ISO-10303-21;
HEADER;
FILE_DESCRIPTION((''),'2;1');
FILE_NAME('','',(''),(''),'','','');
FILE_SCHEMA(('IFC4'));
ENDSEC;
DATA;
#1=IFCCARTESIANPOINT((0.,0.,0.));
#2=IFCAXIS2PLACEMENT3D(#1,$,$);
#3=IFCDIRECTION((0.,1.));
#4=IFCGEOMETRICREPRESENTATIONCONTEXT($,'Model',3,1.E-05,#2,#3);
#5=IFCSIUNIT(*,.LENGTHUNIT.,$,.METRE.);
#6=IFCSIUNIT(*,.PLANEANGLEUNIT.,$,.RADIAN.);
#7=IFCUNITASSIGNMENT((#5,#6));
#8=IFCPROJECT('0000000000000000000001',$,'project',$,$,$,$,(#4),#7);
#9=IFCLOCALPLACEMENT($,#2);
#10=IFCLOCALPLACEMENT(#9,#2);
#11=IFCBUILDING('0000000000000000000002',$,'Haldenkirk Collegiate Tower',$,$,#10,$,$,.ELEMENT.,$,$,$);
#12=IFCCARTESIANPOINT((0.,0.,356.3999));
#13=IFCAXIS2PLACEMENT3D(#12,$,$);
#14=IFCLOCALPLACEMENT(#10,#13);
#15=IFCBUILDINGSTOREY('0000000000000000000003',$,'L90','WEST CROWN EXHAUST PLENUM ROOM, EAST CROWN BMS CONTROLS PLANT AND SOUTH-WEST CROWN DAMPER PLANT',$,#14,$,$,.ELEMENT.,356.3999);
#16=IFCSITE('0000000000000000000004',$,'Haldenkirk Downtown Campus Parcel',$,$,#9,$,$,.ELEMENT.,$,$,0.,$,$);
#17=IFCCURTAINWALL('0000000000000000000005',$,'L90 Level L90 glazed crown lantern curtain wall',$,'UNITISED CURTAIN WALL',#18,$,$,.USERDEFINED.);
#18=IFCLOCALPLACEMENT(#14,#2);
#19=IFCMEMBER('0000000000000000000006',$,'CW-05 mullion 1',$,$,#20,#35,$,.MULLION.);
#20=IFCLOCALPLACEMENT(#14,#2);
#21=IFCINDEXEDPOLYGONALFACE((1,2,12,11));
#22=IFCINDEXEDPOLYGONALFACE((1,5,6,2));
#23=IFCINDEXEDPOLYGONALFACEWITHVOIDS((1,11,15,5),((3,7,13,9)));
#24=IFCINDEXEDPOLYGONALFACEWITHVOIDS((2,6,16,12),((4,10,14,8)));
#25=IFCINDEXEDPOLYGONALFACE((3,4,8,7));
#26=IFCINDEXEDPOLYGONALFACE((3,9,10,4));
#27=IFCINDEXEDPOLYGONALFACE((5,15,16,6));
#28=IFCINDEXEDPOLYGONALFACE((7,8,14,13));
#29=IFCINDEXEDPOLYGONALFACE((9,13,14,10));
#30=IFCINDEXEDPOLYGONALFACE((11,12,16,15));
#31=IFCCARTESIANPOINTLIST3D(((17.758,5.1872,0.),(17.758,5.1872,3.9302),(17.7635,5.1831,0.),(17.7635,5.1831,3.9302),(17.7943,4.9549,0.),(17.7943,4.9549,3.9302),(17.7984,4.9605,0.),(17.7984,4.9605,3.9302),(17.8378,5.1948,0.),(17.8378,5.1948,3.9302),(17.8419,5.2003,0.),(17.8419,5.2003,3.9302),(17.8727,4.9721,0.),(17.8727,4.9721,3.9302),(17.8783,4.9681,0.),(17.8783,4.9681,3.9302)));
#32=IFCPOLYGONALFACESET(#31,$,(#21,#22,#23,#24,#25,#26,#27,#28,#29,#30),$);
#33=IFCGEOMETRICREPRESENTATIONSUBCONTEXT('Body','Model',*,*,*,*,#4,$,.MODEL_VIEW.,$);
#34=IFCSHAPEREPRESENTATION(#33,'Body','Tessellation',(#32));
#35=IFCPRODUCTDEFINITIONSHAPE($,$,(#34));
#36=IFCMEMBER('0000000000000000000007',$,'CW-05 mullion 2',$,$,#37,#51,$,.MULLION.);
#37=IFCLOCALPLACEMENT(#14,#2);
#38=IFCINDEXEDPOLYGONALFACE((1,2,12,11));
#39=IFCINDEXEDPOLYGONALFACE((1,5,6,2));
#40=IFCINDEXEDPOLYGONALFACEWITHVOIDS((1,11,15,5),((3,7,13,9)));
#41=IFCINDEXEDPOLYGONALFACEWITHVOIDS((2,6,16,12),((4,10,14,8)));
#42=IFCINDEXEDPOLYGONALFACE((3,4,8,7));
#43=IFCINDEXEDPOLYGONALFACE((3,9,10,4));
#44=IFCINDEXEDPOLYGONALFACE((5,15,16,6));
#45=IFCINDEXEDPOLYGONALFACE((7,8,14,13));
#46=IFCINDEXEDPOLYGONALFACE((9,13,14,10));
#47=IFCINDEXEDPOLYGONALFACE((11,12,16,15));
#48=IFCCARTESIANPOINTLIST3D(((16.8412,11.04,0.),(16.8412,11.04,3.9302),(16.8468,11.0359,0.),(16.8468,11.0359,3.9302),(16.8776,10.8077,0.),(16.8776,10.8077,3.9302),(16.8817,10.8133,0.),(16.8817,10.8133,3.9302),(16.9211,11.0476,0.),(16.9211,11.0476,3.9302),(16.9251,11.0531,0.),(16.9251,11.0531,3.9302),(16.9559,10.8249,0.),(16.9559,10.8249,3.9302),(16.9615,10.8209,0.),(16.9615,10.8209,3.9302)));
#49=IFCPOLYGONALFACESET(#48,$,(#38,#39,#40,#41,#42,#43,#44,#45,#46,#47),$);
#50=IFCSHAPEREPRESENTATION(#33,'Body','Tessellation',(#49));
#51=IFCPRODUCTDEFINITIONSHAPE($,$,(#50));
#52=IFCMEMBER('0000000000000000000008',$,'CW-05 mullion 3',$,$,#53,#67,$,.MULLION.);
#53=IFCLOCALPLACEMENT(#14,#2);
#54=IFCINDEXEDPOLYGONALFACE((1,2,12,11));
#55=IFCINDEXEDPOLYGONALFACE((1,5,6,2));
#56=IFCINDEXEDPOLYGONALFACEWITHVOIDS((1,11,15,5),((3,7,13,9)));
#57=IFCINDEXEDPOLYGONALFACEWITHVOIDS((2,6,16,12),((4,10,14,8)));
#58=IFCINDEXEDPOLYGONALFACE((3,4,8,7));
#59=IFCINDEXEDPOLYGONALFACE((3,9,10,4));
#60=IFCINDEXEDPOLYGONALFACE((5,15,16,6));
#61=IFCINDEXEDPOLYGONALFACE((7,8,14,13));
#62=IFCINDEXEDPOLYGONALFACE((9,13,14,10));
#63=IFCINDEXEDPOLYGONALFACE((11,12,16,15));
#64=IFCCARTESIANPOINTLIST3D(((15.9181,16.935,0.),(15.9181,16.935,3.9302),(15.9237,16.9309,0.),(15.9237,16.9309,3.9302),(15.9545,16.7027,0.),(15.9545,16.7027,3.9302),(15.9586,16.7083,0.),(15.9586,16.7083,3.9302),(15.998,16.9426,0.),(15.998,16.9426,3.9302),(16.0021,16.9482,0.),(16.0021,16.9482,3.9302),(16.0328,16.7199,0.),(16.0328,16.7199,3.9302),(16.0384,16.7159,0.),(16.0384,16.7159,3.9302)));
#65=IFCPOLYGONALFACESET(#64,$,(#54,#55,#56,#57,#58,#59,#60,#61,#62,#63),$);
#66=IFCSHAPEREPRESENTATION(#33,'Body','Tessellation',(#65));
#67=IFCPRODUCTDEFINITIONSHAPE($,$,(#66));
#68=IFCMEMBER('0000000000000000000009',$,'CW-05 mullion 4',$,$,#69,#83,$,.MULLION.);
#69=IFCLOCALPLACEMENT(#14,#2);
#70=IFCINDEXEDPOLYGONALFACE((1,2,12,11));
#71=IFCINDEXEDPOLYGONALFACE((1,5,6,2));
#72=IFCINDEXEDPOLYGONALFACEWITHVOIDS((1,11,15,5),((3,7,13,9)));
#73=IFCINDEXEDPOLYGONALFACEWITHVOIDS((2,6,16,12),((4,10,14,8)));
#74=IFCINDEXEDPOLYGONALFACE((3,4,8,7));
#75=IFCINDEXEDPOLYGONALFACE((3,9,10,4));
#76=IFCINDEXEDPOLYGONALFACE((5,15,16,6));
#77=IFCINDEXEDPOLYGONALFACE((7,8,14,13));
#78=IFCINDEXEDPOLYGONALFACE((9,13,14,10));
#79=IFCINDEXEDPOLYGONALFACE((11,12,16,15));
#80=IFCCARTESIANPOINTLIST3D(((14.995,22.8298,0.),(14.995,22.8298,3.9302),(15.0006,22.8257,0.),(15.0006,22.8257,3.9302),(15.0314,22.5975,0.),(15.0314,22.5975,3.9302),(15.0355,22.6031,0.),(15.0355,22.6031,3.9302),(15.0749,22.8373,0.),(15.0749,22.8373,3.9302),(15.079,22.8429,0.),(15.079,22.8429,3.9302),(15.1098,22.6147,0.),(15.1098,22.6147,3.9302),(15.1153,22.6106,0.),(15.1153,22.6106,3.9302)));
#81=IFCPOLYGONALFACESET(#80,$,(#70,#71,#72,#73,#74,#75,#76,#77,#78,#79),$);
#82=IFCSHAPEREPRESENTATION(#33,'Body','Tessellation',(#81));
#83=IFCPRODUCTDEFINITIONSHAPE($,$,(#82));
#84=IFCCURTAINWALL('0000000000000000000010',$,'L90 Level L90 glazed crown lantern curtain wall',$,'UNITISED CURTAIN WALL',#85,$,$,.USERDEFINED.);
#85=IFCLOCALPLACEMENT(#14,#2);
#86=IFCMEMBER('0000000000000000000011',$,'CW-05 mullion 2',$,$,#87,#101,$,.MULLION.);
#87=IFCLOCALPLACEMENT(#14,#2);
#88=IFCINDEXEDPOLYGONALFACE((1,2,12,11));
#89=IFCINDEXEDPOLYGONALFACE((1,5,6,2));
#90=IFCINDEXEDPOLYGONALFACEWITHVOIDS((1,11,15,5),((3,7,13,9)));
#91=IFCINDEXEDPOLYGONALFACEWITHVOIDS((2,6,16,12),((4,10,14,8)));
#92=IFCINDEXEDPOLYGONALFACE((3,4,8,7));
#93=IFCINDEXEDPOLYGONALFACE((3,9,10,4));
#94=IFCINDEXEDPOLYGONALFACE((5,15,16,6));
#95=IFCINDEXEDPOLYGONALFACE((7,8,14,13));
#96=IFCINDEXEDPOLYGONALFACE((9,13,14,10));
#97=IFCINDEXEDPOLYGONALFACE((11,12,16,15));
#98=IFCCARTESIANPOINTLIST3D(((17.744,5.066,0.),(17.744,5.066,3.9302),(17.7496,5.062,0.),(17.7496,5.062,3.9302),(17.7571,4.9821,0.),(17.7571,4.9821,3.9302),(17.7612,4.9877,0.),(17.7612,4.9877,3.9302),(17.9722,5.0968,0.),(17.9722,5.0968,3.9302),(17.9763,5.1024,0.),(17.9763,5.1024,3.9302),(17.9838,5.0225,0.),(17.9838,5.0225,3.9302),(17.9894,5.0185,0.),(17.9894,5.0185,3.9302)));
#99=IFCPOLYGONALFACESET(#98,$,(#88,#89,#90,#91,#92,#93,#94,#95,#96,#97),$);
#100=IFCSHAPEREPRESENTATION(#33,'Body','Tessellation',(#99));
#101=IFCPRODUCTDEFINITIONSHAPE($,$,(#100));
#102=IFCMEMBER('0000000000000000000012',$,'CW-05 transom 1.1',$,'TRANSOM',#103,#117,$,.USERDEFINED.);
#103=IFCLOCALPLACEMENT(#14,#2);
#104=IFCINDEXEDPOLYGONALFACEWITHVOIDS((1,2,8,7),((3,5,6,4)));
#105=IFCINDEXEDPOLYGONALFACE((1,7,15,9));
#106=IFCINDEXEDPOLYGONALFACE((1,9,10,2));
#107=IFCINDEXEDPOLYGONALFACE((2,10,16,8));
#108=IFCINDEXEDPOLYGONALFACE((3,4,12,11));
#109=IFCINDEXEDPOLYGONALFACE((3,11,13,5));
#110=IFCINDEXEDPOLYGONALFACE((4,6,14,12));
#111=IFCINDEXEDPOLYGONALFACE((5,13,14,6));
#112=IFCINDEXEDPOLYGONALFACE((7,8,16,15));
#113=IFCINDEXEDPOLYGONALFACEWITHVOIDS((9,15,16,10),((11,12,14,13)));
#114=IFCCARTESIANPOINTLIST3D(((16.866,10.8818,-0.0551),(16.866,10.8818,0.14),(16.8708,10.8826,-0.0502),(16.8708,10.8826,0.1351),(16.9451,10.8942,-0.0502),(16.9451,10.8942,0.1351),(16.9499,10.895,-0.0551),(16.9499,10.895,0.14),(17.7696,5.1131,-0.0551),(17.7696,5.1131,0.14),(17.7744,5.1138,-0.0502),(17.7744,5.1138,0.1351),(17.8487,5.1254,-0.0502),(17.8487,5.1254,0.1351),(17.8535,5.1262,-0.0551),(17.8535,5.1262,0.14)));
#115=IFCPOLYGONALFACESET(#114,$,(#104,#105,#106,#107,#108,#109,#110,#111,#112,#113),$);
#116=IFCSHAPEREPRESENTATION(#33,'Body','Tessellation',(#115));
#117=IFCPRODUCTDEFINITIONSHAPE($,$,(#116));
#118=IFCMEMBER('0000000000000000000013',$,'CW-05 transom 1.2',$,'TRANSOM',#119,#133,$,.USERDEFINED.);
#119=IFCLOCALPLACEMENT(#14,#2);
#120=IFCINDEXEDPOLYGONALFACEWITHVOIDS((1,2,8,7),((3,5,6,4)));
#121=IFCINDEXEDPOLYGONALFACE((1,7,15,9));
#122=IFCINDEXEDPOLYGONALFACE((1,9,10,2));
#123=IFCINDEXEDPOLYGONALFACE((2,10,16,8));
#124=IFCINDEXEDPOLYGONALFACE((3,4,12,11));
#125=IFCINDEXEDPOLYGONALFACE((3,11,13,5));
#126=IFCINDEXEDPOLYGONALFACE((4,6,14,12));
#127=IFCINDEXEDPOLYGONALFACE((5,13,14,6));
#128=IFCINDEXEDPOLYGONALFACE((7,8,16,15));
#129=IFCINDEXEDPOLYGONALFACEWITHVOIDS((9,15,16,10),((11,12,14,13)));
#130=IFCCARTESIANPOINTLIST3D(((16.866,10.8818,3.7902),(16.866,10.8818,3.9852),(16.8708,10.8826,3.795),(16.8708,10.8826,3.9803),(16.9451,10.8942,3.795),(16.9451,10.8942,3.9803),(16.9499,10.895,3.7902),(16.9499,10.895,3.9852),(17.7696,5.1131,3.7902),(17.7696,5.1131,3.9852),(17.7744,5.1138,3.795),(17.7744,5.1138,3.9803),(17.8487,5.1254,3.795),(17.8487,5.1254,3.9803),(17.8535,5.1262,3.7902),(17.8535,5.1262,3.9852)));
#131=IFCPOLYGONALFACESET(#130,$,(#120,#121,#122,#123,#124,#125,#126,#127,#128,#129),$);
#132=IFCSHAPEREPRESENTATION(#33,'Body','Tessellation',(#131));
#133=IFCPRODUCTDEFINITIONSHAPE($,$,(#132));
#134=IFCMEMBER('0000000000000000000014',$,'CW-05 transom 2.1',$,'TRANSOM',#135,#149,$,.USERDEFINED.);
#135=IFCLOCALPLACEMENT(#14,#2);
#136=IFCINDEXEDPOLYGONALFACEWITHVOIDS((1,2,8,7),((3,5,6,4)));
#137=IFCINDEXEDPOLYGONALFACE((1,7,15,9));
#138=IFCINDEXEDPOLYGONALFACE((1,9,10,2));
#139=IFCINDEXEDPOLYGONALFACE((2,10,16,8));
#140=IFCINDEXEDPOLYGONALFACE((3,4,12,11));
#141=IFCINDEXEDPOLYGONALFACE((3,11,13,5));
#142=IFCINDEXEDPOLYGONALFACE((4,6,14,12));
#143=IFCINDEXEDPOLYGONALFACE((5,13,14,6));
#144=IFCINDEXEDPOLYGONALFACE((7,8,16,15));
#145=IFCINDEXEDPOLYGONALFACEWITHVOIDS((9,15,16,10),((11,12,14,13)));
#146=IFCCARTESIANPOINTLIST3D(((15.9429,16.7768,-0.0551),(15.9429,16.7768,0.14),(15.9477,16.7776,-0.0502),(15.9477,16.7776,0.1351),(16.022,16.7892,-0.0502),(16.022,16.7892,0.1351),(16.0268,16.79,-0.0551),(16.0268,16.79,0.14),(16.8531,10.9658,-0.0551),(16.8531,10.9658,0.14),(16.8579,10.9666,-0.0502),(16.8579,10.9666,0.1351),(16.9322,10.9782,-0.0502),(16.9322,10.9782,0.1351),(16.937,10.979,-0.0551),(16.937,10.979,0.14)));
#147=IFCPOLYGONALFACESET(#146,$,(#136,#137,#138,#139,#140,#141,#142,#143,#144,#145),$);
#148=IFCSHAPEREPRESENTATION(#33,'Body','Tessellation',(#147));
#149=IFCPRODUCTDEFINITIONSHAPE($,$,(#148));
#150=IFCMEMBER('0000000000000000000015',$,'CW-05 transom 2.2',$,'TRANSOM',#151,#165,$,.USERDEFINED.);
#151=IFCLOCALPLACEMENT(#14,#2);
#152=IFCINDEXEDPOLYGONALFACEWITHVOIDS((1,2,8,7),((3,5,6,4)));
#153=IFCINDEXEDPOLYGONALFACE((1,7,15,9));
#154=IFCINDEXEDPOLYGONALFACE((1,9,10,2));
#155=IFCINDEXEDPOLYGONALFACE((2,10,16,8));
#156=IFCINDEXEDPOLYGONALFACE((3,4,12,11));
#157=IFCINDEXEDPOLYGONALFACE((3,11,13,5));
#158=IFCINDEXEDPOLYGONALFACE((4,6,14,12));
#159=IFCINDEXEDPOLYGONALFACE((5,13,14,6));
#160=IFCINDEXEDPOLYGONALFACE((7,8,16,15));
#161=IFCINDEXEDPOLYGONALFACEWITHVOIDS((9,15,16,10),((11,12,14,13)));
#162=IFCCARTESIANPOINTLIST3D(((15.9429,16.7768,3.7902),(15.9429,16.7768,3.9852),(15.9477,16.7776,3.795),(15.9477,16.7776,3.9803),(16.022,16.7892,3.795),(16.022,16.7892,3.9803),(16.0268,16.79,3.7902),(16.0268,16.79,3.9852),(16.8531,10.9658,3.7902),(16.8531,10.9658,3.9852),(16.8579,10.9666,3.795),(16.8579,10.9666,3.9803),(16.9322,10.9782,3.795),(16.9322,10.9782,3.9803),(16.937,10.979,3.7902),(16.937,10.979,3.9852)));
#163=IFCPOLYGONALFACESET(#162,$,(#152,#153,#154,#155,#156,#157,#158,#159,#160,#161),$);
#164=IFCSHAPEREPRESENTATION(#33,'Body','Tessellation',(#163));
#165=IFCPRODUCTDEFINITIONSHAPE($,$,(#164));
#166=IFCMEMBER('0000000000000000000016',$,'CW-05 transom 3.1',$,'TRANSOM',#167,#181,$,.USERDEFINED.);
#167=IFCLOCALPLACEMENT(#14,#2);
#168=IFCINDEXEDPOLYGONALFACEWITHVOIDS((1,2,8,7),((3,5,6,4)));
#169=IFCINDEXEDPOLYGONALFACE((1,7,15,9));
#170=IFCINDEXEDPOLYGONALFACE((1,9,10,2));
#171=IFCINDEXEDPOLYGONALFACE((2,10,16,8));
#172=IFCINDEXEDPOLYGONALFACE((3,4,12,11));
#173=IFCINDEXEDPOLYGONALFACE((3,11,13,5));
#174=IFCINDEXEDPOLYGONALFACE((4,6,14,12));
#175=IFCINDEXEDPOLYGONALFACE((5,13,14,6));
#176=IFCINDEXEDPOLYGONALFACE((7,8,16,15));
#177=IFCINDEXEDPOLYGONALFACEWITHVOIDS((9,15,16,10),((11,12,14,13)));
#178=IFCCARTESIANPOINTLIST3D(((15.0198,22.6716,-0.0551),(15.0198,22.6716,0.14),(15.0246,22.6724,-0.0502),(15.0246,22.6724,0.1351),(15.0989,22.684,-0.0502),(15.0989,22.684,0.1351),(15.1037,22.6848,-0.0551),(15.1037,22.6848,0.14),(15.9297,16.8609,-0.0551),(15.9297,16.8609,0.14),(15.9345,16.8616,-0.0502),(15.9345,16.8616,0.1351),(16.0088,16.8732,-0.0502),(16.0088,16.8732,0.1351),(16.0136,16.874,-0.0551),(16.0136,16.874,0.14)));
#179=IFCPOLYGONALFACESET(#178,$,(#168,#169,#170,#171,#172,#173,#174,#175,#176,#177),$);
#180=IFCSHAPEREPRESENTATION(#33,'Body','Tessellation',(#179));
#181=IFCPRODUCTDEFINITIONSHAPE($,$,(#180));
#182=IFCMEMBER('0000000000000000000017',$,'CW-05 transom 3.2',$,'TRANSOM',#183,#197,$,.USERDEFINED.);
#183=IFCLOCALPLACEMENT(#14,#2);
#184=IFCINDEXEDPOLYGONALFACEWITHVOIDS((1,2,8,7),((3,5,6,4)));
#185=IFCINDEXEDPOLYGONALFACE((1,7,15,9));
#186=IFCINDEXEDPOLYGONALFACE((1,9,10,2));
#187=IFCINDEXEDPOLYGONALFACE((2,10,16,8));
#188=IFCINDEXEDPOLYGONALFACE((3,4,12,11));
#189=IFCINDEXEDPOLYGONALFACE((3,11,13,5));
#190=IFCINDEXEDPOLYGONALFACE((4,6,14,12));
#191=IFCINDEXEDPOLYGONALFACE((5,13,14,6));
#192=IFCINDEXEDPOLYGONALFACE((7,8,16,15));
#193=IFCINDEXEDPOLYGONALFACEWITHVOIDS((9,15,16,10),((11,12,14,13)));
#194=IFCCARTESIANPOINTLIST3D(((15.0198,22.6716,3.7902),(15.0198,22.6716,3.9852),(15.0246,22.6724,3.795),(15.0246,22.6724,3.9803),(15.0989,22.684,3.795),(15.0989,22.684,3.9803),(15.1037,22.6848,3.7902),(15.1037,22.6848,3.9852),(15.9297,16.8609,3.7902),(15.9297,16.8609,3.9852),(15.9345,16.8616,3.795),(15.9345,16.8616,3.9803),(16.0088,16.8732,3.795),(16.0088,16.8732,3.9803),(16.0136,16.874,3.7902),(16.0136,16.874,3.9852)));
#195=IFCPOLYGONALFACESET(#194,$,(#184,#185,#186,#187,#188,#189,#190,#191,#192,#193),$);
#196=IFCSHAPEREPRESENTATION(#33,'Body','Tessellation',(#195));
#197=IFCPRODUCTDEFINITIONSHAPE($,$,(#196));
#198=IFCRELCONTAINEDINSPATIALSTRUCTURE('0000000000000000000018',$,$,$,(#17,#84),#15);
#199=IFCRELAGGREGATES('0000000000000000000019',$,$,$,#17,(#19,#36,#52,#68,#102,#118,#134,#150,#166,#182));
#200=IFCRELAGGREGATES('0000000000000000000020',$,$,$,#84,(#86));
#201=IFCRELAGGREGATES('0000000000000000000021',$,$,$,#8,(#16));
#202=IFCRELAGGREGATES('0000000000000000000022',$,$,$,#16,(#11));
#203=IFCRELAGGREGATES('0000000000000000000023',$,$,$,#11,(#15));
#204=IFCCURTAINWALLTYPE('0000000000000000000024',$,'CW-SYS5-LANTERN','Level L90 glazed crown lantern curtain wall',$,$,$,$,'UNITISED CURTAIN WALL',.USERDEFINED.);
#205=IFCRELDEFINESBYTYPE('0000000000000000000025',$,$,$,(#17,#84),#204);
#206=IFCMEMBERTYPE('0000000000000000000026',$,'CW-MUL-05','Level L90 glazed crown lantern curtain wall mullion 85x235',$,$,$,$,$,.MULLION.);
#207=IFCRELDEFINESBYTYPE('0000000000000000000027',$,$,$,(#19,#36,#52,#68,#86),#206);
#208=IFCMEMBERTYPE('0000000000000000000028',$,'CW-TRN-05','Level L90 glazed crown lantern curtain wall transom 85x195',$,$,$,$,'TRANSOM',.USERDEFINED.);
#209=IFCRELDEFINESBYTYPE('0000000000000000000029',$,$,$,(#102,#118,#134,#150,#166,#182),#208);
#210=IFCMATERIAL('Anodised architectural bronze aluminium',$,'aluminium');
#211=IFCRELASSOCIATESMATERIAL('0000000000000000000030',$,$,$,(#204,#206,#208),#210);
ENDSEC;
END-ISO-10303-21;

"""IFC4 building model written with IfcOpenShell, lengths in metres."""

from ifc_helpers import new_model, si_unit, direction, frame, origin, origin_2d, place, context, subcontext, project, spatial, hollow_rectangle, extrude, material, material_profile, profile_set, type_object, element, aggregate, save


model = new_model("IFC4")

# Units and contexts
model_context = context("Model", 3, precision=1e-05, world=origin(), true_north=direction((0.0, 1.0)))
body_context = subcontext(model_context, "Body", "Model", "MODEL_VIEW")
ifc_project = project(units=[si_unit("LENGTHUNIT", "METRE"), si_unit("PLANEANGLEUNIT", "RADIAN")], contexts=[model_context])

# Site, building, storey
site_placement = place(None, origin())
site = spatial("IfcSite", under=ifc_project, at=site_placement, Name="Haldenkirk Downtown Campus Parcel", CompositionType="ELEMENT", RefElevation=0.0)
building_placement = place(site_placement, origin())
building = spatial("IfcBuilding", under=site, at=building_placement, Name="Haldenkirk Collegiate Tower", CompositionType="ELEMENT")
storey_placement = place(building_placement, frame((0.0, 0.0, 356.3999)))
storey = spatial("IfcBuildingStorey", under=building, at=storey_placement, Name="L90", Description="WEST CROWN EXHAUST PLENUM ROOM, EAST CROWN BMS CONTROLS PLANT AND SOUTH-WEST CROWN DAMPER PLANT", CompositionType="ELEMENT", Elevation=356.3999)

# Curtain wall, members
ifc_material_1 = material(Name="Anodised architectural bronze aluminium", Category="aluminium")
curtain_wall_type = type_object("IfcCurtainWallType", Name="CW-SYS5-LANTERN", Description="Level L90 glazed crown lantern curtain wall", ElementType="UNITISED CURTAIN WALL", PredefinedType="USERDEFINED", material=ifc_material_1)
curtain_wall_1_placement = place(storey_placement, origin())
curtain_wall_1 = element("IfcCurtainWall", 1, at=curtain_wall_1_placement, inside=storey, type_object=curtain_wall_type, Name="L90 Level L90 glazed crown lantern curtain wall", ObjectType="UNITISED CURTAIN WALL", PredefinedType="USERDEFINED")
ifc_material_profile_1 = material_profile(ifc_material_1, hollow_rectangle(XDim=0.085, YDim=0.2351, WallThickness=0.0049, at=origin_2d()), Name="CW-MUL-05")
ifc_profile_set_1 = profile_set([ifc_material_profile_1], Name="Anodised architectural bronze aluminium")
member_type_1 = type_object("IfcMemberType", Name="CW-MUL-05", Description="Level L90 glazed crown lantern curtain wall mullion 85x235", PredefinedType="MULLION", material=ifc_profile_set_1)
member_1_placement = place(storey_placement, frame((17.8181, 5.0776, 0.0), z_axis=(0.0, 0.0, 1.0), x_axis=(-0.98796, -0.154713, 0.0)))
member_1 = element("IfcMember", 2, at=member_1_placement, type_object=member_type_1, Name="CW-05 mullion 1", PredefinedType="MULLION", context=body_context, shape_type="SweptSolid", body=[
    extrude(hollow_rectangle(XDim=0.085, YDim=0.2351, WallThickness=0.0049, at=origin_2d()), origin(), (0.0, 0.0, 1.0), 3.9302),
])
member_2_placement = place(storey_placement, frame((16.9014, 10.9304, 0.0), z_axis=(0.0, 0.0, 1.0), x_axis=(-0.98796, -0.154713, 0.0)))
member_2 = element("IfcMember", 3, at=member_2_placement, type_object=member_type_1, Name="CW-05 mullion 2", PredefinedType="MULLION", context=body_context, shape_type="SweptSolid", body=[
    extrude(hollow_rectangle(XDim=0.085, YDim=0.2351, WallThickness=0.0049, at=origin_2d()), origin(), (0.0, 0.0, 1.0), 3.9302),
])
member_3_placement = place(storey_placement, frame((15.9783, 16.8254, 0.0), z_axis=(0.0, 0.0, 1.0), x_axis=(-0.98796, -0.154713, 0.0)))
member_3 = element("IfcMember", 4, at=member_3_placement, type_object=member_type_1, Name="CW-05 mullion 3", PredefinedType="MULLION", context=body_context, shape_type="SweptSolid", body=[
    extrude(hollow_rectangle(XDim=0.085, YDim=0.2351, WallThickness=0.0049, at=origin_2d()), origin(), (0.0, 0.0, 1.0), 3.9302),
])
member_4_placement = place(storey_placement, frame((15.0552, 22.7202, 0.0), z_axis=(0.0, 0.0, 1.0), x_axis=(-0.98796, -0.154713, 0.0)))
member_4 = element("IfcMember", 5, at=member_4_placement, type_object=member_type_1, Name="CW-05 mullion 4", PredefinedType="MULLION", context=body_context, shape_type="SweptSolid", body=[
    extrude(hollow_rectangle(XDim=0.085, YDim=0.2351, WallThickness=0.0049, at=origin_2d()), origin(), (0.0, 0.0, 1.0), 3.9302),
])

# Curtain wall, member
curtain_wall_2_placement = place(storey_placement, origin())
curtain_wall_2 = element("IfcCurtainWall", 6, at=curtain_wall_2_placement, inside=storey, type_object=curtain_wall_type, Name="L90 Level L90 glazed crown lantern curtain wall", ObjectType="UNITISED CURTAIN WALL", PredefinedType="USERDEFINED")
member_5_placement = place(storey_placement, frame((17.8667, 5.0422, 0.0), z_axis=(0.0, 0.0, 1.0), x_axis=(0.154689, -0.987963, 0.0)))
member_5 = element("IfcMember", 7, at=member_5_placement, type_object=member_type_1, Name="CW-05 mullion 2", PredefinedType="MULLION", context=body_context, shape_type="SweptSolid", body=[
    extrude(hollow_rectangle(XDim=0.085, YDim=0.2351, WallThickness=0.0049, at=origin_2d()), origin(), (0.0, 0.0, 1.0), 3.9302),
])

# Members
ifc_material_profile_2 = material_profile(ifc_material_1, hollow_rectangle(XDim=0.085, YDim=0.1951, WallThickness=0.0049, at=origin_2d()), Name="CW-TRN-05")
ifc_profile_set_2 = profile_set([ifc_material_profile_2], Name="Anodised architectural bronze aluminium")
member_type_2 = type_object("IfcMemberType", Name="CW-TRN-05", Description="Level L90 glazed crown lantern curtain wall transom 85x195", ElementType="TRANSOM", PredefinedType="USERDEFINED", material=ifc_profile_set_2)
member_6_placement = place(storey_placement, frame((17.8115, 5.1196, 0.0425), z_axis=(-0.154743, 0.987955, 0.0), x_axis=(-0.987955, -0.154743, 0.0)))
member_6 = element("IfcMember", 8, at=member_6_placement, type_object=member_type_2, Name="CW-05 transom 1.1", ObjectType="TRANSOM", PredefinedType="USERDEFINED", context=body_context, shape_type="SweptSolid", body=[
    extrude(hollow_rectangle(XDim=0.085, YDim=0.1951, WallThickness=0.0049, at=origin_2d()), origin(), (0.0, 0.0, 1.0), 5.8391),
])
member_7_placement = place(storey_placement, frame((17.8115, 5.1196, 3.8877), z_axis=(-0.154743, 0.987955, 0.0), x_axis=(-0.987955, -0.154743, 0.0)))
member_7 = element("IfcMember", 9, at=member_7_placement, type_object=member_type_2, Name="CW-05 transom 1.2", ObjectType="TRANSOM", PredefinedType="USERDEFINED", context=body_context, shape_type="SweptSolid", body=[
    extrude(hollow_rectangle(XDim=0.085, YDim=0.1951, WallThickness=0.0049, at=origin_2d()), origin(), (0.0, 0.0, 1.0), 5.8391),
])
member_8_placement = place(storey_placement, frame((16.895, 10.9724, 0.0425), z_axis=(-0.154739, 0.987955, 0.0), x_axis=(-0.987955, -0.154739, 0.0)))
member_8 = element("IfcMember", 10, at=member_8_placement, type_object=member_type_2, Name="CW-05 transom 2.1", ObjectType="TRANSOM", PredefinedType="USERDEFINED", context=body_context, shape_type="SweptSolid", body=[
    extrude(hollow_rectangle(XDim=0.085, YDim=0.1951, WallThickness=0.0049, at=origin_2d()), origin(), (0.0, 0.0, 1.0), 5.8818),
])
member_9_placement = place(storey_placement, frame((16.895, 10.9724, 3.8877), z_axis=(-0.154739, 0.987955, 0.0), x_axis=(-0.987955, -0.154739, 0.0)))
member_9 = element("IfcMember", 11, at=member_9_placement, type_object=member_type_2, Name="CW-05 transom 2.2", ObjectType="TRANSOM", PredefinedType="USERDEFINED", context=body_context, shape_type="SweptSolid", body=[
    extrude(hollow_rectangle(XDim=0.085, YDim=0.1951, WallThickness=0.0049, at=origin_2d()), origin(), (0.0, 0.0, 1.0), 5.8818),
])
member_10_placement = place(storey_placement, frame((15.9717, 16.8674, 0.0425), z_axis=(-0.154705, 0.987961, 0.0), x_axis=(-0.987961, -0.154705, 0.0)))
member_10 = element("IfcMember", 12, at=member_10_placement, type_object=member_type_2, Name="CW-05 transom 3.1", ObjectType="TRANSOM", PredefinedType="USERDEFINED", context=body_context, shape_type="SweptSolid", body=[
    extrude(hollow_rectangle(XDim=0.085, YDim=0.1951, WallThickness=0.0049, at=origin_2d()), origin(), (0.0, 0.0, 1.0), 5.8816),
])
member_11_placement = place(storey_placement, frame((15.9717, 16.8674, 3.8877), z_axis=(-0.154705, 0.987961, 0.0), x_axis=(-0.987961, -0.154705, 0.0)))
member_11 = element("IfcMember", 13, at=member_11_placement, type_object=member_type_2, Name="CW-05 transom 3.2", ObjectType="TRANSOM", PredefinedType="USERDEFINED", context=body_context, shape_type="SweptSolid", body=[
    extrude(hollow_rectangle(XDim=0.085, YDim=0.1951, WallThickness=0.0049, at=origin_2d()), origin(), (0.0, 0.0, 1.0), 5.8816),
])

aggregate(curtain_wall_1, [member_1, member_2, member_3, member_4, member_6, member_7, member_8, member_9, member_10, member_11])
aggregate(curtain_wall_2, [member_5])

save(model, "model.ifc")
